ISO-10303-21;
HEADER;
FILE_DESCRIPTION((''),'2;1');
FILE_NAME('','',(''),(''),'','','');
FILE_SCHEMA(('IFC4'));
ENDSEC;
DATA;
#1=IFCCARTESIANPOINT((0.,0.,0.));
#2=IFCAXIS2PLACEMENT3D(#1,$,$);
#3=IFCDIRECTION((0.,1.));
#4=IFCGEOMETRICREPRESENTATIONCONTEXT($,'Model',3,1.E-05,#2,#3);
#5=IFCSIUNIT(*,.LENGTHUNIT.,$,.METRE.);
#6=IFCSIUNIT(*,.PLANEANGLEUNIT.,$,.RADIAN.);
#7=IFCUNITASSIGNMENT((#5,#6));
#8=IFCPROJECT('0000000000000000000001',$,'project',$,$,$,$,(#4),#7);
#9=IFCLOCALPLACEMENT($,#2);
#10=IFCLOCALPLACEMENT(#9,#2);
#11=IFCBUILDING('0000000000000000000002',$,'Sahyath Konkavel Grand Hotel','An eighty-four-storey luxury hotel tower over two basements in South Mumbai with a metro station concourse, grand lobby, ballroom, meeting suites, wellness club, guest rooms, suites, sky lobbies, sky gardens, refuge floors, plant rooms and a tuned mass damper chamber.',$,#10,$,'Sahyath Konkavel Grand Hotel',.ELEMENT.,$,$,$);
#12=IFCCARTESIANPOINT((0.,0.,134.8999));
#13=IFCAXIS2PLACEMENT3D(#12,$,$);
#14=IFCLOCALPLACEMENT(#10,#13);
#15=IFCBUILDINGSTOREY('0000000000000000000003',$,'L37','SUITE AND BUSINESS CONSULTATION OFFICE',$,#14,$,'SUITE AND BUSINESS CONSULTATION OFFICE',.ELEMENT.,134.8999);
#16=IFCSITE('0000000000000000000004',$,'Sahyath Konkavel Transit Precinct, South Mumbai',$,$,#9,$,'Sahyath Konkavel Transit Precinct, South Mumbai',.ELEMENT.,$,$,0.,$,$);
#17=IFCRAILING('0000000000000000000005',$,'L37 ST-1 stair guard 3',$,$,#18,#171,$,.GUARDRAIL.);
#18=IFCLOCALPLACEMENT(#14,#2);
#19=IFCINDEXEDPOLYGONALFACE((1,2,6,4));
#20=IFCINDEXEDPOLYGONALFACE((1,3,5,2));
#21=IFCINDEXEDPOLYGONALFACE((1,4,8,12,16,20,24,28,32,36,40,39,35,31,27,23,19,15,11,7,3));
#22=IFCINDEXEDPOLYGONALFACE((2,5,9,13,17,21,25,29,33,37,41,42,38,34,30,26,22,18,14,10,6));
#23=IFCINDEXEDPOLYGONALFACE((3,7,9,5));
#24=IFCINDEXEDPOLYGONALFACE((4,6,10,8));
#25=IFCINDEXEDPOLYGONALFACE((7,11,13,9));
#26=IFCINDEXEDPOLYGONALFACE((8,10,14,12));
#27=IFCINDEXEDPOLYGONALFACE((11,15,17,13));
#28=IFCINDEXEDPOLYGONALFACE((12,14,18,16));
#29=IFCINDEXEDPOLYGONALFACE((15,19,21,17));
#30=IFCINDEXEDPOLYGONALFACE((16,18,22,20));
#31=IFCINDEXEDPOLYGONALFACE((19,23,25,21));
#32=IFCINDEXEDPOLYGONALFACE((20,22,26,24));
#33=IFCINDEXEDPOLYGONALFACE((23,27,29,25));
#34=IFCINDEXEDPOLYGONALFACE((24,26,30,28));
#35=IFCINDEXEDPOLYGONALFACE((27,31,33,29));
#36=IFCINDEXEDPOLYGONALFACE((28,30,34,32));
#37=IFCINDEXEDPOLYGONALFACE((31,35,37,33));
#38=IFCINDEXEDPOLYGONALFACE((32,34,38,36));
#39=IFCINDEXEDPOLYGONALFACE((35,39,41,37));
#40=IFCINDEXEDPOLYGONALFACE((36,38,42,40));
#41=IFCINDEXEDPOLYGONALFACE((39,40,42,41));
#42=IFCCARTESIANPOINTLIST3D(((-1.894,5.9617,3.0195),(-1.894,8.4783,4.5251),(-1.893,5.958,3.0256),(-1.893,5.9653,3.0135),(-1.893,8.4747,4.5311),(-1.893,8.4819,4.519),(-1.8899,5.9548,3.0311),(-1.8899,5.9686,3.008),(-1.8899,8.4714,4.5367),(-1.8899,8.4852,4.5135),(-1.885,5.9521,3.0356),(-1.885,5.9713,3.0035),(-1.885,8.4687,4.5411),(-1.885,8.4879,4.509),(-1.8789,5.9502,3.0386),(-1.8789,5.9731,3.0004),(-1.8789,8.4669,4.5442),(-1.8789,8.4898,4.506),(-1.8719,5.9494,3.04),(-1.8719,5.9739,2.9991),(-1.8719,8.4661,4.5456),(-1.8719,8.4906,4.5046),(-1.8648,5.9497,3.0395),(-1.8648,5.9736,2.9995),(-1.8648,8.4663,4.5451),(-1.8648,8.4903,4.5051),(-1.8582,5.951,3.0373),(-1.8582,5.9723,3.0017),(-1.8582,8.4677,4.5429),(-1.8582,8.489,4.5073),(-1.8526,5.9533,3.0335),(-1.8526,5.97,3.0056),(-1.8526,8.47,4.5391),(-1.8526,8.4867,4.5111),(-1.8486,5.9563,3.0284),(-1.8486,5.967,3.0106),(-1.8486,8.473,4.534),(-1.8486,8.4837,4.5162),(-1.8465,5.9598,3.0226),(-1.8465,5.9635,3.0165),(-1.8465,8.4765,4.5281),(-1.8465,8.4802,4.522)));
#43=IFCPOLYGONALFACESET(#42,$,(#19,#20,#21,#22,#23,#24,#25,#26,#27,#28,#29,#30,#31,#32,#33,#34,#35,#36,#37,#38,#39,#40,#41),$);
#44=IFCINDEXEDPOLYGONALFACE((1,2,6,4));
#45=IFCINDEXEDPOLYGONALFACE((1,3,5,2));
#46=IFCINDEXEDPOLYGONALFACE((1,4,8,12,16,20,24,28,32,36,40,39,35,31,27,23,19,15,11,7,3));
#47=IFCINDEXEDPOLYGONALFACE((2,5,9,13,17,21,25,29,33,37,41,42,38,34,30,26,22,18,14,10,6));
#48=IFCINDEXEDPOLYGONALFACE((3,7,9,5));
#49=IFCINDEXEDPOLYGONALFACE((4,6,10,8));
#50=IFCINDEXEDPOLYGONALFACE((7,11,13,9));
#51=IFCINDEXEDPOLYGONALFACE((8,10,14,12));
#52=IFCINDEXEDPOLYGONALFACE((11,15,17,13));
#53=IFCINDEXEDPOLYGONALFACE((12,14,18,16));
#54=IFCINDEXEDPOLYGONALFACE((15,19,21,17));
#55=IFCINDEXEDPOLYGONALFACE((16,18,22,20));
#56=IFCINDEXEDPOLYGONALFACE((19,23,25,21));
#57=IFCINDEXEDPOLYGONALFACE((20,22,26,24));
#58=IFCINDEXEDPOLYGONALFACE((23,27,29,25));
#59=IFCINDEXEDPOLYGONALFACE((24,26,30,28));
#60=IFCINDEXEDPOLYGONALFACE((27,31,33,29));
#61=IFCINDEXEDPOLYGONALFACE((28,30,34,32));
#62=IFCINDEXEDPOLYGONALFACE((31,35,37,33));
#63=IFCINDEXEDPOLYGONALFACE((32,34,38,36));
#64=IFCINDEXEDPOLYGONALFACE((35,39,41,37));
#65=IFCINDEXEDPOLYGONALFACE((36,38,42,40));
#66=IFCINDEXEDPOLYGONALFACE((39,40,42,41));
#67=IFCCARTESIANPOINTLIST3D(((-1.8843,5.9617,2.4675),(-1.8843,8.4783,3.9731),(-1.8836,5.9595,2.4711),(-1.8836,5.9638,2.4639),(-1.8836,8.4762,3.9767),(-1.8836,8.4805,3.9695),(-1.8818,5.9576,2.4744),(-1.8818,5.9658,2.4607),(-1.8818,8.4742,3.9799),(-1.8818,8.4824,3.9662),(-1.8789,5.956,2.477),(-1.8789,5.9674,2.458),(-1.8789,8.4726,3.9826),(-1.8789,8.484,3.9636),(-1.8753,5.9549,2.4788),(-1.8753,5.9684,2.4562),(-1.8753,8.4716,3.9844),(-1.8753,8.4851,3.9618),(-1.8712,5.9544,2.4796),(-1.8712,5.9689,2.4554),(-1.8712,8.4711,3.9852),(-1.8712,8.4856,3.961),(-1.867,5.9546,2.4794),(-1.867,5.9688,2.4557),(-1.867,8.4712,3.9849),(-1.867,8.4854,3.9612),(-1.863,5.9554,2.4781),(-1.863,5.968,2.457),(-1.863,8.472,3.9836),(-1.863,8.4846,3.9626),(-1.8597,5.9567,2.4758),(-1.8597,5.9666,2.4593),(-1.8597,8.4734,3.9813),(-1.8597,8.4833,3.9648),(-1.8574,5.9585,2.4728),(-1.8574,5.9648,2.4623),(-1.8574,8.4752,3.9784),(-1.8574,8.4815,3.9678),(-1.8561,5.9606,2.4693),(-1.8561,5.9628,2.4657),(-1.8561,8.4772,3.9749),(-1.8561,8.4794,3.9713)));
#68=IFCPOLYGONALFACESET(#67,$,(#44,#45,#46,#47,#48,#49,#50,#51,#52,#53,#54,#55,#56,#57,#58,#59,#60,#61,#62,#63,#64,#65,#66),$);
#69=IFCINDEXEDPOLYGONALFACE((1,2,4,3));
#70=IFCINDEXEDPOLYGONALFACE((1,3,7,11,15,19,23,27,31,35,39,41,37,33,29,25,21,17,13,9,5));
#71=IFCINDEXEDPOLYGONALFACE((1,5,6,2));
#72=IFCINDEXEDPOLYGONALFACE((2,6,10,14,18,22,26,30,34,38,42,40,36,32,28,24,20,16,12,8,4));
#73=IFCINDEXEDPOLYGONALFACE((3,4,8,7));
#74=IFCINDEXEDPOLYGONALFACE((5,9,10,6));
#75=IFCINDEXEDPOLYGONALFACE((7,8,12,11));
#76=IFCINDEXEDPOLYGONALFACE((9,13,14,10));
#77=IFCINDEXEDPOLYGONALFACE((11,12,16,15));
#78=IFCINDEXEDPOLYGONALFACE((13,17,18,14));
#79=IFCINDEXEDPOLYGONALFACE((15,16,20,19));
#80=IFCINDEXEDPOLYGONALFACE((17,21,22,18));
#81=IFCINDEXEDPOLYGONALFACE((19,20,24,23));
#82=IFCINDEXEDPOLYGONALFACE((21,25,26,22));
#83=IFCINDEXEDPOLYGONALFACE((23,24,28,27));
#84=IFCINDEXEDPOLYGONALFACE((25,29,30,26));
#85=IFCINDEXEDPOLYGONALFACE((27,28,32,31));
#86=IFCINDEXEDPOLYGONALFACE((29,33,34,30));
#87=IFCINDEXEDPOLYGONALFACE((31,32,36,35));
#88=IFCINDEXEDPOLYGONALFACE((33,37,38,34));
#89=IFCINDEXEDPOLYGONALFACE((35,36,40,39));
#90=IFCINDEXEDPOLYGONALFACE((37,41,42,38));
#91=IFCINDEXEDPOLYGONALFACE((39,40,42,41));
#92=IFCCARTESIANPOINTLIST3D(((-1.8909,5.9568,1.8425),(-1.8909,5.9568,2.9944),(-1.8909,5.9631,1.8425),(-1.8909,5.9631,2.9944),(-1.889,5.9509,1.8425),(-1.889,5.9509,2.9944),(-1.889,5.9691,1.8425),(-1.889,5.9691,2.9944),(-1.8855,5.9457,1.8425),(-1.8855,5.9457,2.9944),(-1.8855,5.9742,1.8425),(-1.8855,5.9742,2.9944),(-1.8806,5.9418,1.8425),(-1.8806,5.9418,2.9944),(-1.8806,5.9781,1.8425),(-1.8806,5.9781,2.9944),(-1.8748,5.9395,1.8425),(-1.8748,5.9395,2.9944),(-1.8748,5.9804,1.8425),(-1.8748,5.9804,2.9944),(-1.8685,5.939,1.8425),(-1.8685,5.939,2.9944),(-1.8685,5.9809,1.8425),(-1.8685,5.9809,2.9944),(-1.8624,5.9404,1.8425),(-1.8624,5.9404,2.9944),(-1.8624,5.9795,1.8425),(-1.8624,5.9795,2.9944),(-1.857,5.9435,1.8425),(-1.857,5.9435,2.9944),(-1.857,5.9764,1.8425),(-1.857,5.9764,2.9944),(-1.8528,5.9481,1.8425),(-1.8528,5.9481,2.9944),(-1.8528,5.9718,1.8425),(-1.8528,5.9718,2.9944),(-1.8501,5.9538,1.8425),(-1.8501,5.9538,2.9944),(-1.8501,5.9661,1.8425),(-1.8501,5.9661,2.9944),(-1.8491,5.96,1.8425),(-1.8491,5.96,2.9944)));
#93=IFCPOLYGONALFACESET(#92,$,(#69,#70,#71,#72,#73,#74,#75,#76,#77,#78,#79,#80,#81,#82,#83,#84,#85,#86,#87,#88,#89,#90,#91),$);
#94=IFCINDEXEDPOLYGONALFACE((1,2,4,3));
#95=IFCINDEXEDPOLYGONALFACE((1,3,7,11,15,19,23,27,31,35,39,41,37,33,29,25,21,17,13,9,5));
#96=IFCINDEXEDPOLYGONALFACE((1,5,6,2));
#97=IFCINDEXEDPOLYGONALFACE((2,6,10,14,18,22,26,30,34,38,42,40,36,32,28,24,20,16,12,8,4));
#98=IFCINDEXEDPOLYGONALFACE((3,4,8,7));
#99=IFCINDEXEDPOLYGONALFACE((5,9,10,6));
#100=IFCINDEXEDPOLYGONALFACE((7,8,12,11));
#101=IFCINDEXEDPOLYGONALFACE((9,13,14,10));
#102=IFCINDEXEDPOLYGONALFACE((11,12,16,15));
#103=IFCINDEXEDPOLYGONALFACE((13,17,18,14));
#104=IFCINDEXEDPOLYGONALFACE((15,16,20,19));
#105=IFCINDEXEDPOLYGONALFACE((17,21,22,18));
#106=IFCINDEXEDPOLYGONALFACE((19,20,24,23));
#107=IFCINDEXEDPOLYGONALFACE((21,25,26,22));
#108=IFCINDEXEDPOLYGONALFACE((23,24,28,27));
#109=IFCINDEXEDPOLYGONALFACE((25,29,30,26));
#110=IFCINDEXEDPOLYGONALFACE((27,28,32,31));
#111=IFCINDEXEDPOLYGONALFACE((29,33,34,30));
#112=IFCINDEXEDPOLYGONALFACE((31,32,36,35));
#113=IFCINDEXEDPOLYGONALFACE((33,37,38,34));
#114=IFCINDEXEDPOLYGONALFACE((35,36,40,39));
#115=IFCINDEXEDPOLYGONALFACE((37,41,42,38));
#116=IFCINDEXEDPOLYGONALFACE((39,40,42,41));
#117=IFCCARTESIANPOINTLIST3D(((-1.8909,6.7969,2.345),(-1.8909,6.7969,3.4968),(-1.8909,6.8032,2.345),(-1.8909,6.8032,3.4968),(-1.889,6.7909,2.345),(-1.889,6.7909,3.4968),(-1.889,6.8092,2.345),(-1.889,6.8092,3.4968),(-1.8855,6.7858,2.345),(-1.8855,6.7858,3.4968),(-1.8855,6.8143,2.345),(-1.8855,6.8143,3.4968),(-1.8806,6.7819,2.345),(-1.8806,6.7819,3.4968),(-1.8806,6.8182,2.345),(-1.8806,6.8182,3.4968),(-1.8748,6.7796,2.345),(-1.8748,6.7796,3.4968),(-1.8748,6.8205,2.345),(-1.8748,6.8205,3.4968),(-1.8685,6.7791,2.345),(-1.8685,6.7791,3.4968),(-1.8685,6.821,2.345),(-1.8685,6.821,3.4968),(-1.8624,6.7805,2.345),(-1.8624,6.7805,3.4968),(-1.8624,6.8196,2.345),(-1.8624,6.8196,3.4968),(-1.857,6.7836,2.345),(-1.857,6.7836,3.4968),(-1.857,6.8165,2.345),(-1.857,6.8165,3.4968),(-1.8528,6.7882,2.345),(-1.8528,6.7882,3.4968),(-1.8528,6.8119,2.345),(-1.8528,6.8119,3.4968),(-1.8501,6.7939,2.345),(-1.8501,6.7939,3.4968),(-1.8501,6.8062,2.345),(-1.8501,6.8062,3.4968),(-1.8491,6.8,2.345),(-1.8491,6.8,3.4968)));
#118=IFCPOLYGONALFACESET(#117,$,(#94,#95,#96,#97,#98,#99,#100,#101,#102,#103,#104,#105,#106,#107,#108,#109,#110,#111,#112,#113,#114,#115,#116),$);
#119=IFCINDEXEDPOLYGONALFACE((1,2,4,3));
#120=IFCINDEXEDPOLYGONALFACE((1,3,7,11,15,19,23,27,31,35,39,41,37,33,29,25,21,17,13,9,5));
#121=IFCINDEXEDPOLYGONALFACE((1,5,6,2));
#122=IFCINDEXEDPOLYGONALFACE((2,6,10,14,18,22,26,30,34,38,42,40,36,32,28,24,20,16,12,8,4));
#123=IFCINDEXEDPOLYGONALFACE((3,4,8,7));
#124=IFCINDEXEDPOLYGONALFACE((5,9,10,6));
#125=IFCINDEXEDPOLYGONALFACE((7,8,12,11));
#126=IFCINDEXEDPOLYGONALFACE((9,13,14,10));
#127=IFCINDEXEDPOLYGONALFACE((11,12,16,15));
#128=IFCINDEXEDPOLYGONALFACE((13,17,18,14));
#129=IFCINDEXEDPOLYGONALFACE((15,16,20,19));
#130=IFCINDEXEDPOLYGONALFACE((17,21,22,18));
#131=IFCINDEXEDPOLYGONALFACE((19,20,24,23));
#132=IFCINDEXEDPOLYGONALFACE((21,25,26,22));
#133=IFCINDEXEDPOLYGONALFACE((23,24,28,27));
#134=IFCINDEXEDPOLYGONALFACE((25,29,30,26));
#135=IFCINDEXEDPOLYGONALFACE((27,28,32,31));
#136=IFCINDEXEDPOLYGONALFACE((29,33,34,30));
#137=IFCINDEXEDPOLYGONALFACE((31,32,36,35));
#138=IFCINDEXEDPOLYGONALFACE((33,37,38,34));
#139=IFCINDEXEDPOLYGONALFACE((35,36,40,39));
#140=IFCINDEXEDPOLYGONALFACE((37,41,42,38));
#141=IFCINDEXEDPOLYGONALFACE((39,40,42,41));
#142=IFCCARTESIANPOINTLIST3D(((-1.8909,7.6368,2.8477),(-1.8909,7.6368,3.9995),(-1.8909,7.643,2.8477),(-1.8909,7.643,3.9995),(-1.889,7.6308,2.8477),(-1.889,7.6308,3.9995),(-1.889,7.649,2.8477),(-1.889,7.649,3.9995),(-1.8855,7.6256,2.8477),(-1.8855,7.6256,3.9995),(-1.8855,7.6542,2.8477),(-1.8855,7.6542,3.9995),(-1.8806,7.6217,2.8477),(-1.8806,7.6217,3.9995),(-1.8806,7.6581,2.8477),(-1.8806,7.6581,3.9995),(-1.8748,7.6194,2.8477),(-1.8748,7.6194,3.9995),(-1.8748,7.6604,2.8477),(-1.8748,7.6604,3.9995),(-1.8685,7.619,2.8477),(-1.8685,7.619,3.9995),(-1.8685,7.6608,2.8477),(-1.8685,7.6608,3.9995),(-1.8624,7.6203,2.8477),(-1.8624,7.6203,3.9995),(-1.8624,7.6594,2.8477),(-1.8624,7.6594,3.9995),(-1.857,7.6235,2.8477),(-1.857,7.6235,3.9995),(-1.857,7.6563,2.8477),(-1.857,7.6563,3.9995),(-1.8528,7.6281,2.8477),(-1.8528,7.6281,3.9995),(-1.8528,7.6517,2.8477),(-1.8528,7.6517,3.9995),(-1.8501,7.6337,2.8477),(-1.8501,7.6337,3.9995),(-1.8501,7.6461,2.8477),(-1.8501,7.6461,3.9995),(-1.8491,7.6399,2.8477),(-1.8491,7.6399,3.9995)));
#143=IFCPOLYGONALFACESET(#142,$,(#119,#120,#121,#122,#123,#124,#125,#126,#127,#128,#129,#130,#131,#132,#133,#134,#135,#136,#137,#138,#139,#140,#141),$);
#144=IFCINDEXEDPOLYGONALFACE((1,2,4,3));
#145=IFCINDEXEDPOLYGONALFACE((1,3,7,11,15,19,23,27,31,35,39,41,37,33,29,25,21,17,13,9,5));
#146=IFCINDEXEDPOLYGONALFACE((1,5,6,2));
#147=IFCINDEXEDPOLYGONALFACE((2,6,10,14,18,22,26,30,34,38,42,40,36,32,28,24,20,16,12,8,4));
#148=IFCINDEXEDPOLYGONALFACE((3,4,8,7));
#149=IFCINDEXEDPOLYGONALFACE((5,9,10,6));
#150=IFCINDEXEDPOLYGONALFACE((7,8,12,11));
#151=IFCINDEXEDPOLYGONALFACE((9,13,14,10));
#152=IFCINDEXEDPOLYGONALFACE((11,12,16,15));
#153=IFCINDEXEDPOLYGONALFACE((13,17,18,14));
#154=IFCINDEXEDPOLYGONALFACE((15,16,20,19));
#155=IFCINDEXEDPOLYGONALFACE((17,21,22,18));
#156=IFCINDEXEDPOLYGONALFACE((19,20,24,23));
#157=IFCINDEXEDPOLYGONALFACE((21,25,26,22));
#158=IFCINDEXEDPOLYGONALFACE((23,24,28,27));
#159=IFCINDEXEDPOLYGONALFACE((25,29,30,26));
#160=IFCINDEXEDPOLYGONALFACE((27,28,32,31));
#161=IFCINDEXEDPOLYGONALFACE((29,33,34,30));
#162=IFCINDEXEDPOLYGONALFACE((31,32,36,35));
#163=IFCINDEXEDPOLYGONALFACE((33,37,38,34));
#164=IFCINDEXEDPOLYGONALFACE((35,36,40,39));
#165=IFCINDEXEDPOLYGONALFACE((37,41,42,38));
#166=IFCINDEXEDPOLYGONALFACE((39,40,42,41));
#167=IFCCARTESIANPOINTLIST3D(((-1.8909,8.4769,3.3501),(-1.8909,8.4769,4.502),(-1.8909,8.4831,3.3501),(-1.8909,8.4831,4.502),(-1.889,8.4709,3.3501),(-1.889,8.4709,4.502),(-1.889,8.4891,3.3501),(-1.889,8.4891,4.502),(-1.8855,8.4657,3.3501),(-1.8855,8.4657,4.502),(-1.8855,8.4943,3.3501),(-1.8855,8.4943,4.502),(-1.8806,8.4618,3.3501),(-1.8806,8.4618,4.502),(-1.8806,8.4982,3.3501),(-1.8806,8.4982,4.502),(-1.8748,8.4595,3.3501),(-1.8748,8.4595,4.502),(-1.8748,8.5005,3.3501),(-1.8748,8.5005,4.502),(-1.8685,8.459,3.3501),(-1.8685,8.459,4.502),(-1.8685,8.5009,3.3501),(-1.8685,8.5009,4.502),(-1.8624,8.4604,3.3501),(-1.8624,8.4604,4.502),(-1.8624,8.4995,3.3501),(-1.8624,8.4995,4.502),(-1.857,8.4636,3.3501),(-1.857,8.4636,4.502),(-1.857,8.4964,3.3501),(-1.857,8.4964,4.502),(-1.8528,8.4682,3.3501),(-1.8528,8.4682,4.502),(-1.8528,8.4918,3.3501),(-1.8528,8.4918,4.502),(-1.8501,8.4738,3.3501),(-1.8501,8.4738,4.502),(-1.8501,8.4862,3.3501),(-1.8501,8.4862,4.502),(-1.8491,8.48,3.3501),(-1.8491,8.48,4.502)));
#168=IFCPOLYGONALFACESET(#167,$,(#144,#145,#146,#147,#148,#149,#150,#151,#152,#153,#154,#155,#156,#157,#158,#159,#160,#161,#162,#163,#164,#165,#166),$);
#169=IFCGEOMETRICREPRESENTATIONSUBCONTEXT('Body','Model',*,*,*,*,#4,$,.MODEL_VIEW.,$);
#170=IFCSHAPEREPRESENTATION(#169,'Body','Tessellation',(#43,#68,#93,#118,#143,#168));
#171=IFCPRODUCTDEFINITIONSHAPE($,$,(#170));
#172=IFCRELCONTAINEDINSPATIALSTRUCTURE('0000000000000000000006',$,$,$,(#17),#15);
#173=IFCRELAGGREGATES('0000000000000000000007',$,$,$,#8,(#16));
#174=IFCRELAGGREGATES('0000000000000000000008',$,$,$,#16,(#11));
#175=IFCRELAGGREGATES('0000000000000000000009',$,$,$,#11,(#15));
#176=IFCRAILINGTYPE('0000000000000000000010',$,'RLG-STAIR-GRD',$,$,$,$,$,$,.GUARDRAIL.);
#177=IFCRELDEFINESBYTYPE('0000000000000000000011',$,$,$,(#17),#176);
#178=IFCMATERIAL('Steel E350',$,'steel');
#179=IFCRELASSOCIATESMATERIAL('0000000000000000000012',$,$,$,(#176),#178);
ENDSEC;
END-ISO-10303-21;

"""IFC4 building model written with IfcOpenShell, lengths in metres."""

from ifc_helpers import new_model, si_unit, direction, frame, origin, origin_2d, place, context, subcontext, project, spatial, circle, extrude, material, type_object, element, save


model = new_model("IFC4")

# Units and contexts
model_context = context("Model", 3, precision=1e-05, world=origin(), true_north=direction((0.0, 1.0)))
body_context = subcontext(model_context, "Body", "Model", "MODEL_VIEW")
ifc_project = project(units=[si_unit("LENGTHUNIT", "METRE"), si_unit("PLANEANGLEUNIT", "RADIAN")], contexts=[model_context])

# Site, building, storey
site_placement = place(None, origin())
site = spatial("IfcSite", under=ifc_project, at=site_placement, Name="Sahyath Konkavel Transit Precinct, South Mumbai", LongName="Sahyath Konkavel Transit Precinct, South Mumbai", CompositionType="ELEMENT", RefElevation=0.0)
building_placement = place(site_placement, origin())
building = spatial("IfcBuilding", under=site, at=building_placement, Name="Sahyath Konkavel Grand Hotel", Description="An eighty-four-storey luxury hotel tower over two basements in South Mumbai with a metro station concourse, grand lobby, ballroom, meeting suites, wellness club, guest rooms, suites, sky lobbies, sky gardens, refuge floors, plant rooms and a tuned mass damper chamber.", LongName="Sahyath Konkavel Grand Hotel", CompositionType="ELEMENT")
storey_placement = place(building_placement, frame((0.0, 0.0, 134.8999)))
storey = spatial("IfcBuildingStorey", under=building, at=storey_placement, Name="L37", Description="SUITE AND BUSINESS CONSULTATION OFFICE", LongName="SUITE AND BUSINESS CONSULTATION OFFICE", CompositionType="ELEMENT", Elevation=134.8999)

# Shared definitions
ifc_material_1 = material(Name="Steel E350", Category="steel")

# Railing
railing_type_1 = type_object("IfcRailingType", Name="RLG-STAIR-GRD", PredefinedType="GUARDRAIL", material=ifc_material_1)
railing_1_placement = place(storey_placement, frame((-1.8701, 5.96, 1.8425)))
element("IfcRailing", 1, at=railing_1_placement, inside=storey, type_object=railing_type_1, Name="L37 ST-1 stair guard 3", PredefinedType="GUARDRAIL", context=body_context, shape_type="SweptSolid", body=[
    extrude(circle(Radius=0.0239, at=origin_2d()), frame((0.0, 0.0017, 1.177), z_axis=(0.0, 0.85816, 0.513383), x_axis=(-1.0, 0.0, 0.0)), (0.0, 0.0, 1.0), 2.9326),
    extrude(circle(Radius=0.0142, at=origin_2d()), frame((0.0, 0.0017, 0.625), z_axis=(0.0, 0.85816, 0.513383), x_axis=(-1.0, 0.0, 0.0)), (0.0, 0.0, 1.0), 2.9326),
    extrude(circle(Radius=0.021, at=origin_2d()), origin(), (0.0, 0.0, 1.0), 1.1519),
    extrude(circle(Radius=0.021, at=origin_2d()), frame((0.0, 0.8401, 0.5024)), (0.0, 0.0, 1.0), 1.1519),
    extrude(circle(Radius=0.021, at=origin_2d()), frame((0.0, 1.6799, 1.0051)), (0.0, 0.0, 1.0), 1.1519),
    extrude(circle(Radius=0.021, at=origin_2d()), frame((0.0, 2.52, 1.5076)), (0.0, 0.0, 1.0), 1.1519),
])

save(model, "model.ifc")
